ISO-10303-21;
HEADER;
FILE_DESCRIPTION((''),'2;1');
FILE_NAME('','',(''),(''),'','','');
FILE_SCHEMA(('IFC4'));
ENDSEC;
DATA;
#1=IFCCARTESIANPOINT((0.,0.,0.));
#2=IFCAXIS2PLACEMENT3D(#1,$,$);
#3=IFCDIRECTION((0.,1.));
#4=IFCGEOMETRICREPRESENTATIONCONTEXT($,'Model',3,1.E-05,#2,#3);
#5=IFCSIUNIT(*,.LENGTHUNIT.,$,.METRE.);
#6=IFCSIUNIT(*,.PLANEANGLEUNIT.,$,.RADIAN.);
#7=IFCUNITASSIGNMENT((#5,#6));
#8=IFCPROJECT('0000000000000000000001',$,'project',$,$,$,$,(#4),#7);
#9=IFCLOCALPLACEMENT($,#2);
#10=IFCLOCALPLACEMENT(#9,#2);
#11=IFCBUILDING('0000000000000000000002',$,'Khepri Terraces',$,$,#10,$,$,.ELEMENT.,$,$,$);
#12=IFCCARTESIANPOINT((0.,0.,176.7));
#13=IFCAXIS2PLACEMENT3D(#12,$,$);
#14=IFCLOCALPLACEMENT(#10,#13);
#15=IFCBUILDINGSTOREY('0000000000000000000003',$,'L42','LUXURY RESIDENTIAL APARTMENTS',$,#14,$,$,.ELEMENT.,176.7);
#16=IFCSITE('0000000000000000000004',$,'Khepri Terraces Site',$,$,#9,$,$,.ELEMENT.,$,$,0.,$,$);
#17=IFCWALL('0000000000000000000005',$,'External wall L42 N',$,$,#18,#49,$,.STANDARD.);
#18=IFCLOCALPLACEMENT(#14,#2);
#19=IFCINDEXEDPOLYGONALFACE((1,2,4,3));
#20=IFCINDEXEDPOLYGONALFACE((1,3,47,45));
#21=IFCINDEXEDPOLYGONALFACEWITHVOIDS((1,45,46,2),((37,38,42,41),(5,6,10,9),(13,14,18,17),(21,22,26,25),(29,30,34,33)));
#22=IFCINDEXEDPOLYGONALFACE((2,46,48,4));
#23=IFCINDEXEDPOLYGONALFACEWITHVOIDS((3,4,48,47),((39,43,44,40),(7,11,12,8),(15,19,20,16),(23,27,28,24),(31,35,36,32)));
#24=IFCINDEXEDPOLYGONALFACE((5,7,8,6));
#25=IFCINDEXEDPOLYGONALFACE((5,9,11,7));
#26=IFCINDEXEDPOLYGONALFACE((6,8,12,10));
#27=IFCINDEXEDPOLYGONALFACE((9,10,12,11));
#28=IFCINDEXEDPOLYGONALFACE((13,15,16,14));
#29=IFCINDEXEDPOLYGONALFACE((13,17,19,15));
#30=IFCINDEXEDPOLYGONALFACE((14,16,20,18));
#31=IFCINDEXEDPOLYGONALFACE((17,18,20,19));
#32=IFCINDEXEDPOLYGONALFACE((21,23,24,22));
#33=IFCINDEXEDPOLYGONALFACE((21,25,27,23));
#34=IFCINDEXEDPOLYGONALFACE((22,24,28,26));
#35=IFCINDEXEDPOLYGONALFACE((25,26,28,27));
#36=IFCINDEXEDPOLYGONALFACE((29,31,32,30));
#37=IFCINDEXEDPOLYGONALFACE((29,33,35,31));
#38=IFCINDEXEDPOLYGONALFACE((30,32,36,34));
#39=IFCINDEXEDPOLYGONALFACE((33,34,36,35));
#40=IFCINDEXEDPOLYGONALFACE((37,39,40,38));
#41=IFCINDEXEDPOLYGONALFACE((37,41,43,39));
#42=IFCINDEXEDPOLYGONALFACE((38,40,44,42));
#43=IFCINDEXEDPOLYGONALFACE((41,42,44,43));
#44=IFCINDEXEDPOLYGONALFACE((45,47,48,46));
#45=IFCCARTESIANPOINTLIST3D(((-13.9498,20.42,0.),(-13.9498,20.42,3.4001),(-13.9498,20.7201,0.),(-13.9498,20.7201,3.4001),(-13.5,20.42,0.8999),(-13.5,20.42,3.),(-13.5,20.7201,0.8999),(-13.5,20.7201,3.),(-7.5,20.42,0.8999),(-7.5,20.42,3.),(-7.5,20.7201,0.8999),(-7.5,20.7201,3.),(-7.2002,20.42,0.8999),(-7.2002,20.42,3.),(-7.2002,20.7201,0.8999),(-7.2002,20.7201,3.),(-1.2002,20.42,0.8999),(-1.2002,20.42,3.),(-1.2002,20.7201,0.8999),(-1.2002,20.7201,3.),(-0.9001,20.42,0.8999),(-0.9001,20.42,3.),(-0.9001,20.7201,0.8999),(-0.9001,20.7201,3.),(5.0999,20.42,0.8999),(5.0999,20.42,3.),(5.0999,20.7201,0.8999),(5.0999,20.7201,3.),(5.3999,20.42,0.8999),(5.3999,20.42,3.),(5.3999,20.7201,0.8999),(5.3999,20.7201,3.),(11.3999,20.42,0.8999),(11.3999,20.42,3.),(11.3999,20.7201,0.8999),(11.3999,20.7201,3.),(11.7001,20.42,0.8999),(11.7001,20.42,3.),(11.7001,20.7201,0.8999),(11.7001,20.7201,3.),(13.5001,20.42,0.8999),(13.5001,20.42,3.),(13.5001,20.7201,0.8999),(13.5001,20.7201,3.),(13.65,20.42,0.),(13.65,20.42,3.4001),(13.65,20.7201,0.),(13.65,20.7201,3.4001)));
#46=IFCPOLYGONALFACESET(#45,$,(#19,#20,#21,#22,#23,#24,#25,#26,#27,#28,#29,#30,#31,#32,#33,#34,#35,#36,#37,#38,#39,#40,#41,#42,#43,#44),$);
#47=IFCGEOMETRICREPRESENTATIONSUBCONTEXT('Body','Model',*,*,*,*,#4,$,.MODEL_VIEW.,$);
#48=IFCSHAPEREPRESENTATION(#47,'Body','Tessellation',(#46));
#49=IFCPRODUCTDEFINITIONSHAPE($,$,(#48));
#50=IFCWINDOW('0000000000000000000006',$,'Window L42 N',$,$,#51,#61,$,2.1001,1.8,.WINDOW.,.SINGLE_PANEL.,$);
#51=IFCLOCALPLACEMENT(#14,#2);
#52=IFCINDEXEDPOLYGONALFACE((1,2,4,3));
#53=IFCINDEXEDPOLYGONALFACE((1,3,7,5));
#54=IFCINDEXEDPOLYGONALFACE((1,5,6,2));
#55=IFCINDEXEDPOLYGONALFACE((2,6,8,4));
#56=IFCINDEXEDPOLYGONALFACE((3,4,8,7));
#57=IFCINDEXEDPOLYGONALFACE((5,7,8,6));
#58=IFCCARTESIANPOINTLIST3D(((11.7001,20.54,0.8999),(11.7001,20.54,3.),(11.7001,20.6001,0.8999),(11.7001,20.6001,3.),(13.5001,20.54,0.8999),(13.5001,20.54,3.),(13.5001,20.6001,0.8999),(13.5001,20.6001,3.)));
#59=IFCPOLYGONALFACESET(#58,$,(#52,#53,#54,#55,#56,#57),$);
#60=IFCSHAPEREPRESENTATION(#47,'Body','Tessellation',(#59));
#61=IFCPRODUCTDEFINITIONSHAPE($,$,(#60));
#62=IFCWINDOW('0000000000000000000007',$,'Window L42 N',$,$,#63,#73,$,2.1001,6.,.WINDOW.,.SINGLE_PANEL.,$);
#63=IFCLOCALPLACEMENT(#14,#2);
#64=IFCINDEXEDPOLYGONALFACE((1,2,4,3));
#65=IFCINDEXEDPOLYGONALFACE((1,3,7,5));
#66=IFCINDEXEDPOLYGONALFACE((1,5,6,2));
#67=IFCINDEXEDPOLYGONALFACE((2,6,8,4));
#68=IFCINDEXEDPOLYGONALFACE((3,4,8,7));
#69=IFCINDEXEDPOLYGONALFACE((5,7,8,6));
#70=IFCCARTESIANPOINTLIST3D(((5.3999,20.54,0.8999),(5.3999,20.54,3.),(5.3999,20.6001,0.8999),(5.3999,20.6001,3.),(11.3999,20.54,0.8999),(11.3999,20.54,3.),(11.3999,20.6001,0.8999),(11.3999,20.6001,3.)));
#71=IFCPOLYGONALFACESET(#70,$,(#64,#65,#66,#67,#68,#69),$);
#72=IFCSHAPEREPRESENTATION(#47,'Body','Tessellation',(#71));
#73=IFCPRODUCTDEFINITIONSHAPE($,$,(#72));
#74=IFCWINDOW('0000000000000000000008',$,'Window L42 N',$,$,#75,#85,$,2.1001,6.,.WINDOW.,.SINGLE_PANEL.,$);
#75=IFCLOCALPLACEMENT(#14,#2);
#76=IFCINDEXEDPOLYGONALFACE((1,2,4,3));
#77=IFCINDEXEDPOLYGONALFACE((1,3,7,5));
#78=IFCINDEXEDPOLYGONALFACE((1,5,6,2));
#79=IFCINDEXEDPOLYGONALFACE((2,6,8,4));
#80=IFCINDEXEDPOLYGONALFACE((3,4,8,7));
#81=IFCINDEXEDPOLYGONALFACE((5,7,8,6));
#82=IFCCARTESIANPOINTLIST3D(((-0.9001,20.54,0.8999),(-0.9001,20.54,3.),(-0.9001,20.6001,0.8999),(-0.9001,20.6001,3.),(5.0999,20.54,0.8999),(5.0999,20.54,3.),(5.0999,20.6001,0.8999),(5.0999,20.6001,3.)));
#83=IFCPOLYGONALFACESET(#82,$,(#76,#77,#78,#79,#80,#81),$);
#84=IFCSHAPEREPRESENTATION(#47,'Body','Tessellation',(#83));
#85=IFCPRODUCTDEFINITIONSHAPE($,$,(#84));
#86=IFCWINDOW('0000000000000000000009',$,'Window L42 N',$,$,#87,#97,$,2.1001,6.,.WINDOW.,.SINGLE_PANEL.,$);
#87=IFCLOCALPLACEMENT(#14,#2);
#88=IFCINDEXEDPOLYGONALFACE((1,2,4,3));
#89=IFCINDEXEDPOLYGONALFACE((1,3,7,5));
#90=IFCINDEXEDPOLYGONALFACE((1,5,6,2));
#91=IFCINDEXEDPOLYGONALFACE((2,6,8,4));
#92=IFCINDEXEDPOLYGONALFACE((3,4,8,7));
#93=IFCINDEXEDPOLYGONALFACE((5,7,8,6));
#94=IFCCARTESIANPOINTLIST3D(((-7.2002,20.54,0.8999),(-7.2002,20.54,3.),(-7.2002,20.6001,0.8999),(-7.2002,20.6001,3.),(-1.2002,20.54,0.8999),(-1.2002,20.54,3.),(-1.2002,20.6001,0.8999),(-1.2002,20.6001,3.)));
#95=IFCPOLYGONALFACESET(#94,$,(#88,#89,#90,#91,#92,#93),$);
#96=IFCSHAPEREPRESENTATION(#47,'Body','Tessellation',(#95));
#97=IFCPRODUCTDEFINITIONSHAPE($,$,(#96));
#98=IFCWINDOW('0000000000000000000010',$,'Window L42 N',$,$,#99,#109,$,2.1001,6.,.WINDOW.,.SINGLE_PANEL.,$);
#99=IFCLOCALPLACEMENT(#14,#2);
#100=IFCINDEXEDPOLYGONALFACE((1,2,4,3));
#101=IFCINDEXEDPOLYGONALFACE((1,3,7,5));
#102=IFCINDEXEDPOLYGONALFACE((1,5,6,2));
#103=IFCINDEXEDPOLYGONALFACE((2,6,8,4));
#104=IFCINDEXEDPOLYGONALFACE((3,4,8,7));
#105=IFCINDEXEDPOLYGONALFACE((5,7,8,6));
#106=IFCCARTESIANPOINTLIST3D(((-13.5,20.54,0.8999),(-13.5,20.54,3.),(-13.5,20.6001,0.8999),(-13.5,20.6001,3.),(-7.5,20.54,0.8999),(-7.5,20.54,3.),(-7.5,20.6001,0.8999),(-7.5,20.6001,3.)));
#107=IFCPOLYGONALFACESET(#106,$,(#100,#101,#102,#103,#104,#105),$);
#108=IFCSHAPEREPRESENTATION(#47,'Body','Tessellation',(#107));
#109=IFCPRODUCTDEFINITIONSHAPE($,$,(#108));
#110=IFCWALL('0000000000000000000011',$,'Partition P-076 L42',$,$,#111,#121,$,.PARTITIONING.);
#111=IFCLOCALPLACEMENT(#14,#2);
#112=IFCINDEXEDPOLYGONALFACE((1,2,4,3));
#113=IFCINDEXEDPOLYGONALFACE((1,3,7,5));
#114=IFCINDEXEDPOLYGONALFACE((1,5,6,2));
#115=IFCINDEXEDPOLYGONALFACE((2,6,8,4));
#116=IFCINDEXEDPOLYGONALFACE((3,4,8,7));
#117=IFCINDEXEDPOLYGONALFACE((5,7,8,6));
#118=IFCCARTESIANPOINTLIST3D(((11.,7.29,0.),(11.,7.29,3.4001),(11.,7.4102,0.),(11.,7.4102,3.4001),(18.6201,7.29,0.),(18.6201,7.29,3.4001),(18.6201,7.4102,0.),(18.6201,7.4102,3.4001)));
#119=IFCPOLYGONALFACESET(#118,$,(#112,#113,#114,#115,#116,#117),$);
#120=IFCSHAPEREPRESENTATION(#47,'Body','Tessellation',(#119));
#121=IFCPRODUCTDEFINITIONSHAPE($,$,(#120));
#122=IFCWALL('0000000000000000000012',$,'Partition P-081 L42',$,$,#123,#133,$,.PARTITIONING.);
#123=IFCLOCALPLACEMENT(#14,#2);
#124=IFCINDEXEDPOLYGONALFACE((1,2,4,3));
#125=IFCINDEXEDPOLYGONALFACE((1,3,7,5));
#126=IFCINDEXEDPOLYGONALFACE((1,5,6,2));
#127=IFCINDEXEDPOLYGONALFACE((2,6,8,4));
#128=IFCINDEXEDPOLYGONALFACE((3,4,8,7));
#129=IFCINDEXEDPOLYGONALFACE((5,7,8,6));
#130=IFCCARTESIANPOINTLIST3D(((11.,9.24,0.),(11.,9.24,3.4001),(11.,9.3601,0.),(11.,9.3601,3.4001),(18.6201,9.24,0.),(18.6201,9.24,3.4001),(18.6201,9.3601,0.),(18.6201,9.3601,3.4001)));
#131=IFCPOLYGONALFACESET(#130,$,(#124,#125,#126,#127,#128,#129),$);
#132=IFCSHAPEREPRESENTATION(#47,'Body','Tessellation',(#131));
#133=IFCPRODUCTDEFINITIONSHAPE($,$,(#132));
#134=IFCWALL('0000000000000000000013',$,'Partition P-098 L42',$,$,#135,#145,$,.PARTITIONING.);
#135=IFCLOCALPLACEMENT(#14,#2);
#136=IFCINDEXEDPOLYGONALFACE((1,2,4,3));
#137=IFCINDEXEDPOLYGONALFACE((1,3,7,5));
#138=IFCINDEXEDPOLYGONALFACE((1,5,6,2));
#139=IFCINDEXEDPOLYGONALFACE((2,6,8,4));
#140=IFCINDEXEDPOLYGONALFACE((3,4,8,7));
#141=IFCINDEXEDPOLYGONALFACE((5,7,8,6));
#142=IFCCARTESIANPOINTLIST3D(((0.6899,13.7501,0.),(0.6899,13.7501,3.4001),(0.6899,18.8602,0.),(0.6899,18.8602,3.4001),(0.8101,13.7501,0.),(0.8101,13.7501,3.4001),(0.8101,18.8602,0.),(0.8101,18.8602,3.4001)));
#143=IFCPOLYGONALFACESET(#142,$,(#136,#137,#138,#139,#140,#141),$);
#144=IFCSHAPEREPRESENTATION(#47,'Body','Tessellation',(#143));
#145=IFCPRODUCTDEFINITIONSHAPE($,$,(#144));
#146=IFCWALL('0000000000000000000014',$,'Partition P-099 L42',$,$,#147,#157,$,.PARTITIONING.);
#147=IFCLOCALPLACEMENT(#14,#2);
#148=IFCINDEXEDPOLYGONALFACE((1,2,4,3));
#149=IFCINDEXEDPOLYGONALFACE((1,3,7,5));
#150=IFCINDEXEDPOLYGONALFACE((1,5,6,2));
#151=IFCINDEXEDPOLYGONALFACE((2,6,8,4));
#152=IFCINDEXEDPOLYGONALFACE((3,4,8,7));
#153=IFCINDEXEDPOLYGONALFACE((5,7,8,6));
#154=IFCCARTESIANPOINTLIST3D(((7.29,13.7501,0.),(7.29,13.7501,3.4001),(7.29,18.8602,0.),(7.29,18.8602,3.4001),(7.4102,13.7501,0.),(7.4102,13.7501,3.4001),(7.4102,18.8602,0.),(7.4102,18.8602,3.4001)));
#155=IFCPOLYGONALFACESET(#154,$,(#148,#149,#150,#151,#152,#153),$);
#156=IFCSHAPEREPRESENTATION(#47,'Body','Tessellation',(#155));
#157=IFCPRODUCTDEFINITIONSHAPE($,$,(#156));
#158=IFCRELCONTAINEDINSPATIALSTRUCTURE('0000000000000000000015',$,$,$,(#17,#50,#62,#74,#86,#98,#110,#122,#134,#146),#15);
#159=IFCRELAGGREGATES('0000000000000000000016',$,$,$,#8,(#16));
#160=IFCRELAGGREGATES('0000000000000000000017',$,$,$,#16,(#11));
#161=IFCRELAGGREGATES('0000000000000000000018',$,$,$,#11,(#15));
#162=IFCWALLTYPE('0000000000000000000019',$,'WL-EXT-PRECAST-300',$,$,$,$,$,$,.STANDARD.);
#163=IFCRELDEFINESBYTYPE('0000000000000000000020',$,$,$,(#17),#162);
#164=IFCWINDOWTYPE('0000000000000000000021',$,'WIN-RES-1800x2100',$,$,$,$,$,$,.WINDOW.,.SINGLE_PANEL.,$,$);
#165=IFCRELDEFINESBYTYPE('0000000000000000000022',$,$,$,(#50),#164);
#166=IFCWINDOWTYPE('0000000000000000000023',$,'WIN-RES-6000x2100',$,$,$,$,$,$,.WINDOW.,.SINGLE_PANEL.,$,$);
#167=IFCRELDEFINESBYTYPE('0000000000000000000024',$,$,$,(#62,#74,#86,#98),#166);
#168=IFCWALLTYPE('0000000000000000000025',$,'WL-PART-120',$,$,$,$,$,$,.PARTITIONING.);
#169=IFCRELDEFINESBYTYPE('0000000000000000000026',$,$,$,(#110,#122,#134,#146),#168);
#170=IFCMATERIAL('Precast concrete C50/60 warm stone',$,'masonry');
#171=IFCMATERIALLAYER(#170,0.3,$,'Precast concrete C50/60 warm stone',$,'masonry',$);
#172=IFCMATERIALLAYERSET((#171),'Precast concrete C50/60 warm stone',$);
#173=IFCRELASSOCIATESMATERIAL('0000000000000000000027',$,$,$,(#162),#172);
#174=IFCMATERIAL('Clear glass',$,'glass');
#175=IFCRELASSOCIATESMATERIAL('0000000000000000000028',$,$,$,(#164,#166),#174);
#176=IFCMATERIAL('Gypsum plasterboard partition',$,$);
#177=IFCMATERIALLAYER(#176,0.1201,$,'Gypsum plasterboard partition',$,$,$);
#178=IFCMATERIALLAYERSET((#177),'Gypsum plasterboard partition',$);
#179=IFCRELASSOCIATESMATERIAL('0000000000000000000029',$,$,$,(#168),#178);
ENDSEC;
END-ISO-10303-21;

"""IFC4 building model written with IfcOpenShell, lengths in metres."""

from ifc_helpers import new_model, si_unit, direction, frame, frame_2d, origin, place, context, subcontext, project, spatial, rectangle, extrude, material, layer, layer_set, type_object, element, fill, save


model = new_model("IFC4")

# Units and contexts
model_context = context("Model", 3, precision=1e-05, world=origin(), true_north=direction((0.0, 1.0)))
body_context = subcontext(model_context, "Body", "Model", "MODEL_VIEW")
ifc_project = project(units=[si_unit("LENGTHUNIT", "METRE"), si_unit("PLANEANGLEUNIT", "RADIAN")], contexts=[model_context])

# Site, building, storey
site_placement = place(None, origin())
site = spatial("IfcSite", under=ifc_project, at=site_placement, Name="Khepri Terraces Site", CompositionType="ELEMENT", RefElevation=0.0)
building_placement = place(site_placement, origin())
building = spatial("IfcBuilding", under=site, at=building_placement, Name="Khepri Terraces", CompositionType="ELEMENT")
storey_placement = place(building_placement, frame((0.0, 0.0, 176.7)))
storey = spatial("IfcBuildingStorey", under=building, at=storey_placement, Name="L42", Description="LUXURY RESIDENTIAL APARTMENTS", CompositionType="ELEMENT", Elevation=176.7)

# Shared definitions
ifc_material_1 = material(Name="Precast concrete C50/60 warm stone", Category="masonry")
ifc_layer_1 = layer(ifc_material_1, 0.3, Name="Precast concrete C50/60 warm stone", Category="masonry")
ifc_layer_set_1 = layer_set([ifc_layer_1], Name="Precast concrete C50/60 warm stone")
wall_type_1 = type_object("IfcWallType", Name="WL-EXT-PRECAST-300", PredefinedType="STANDARD", material=ifc_layer_set_1)

# Shared definitions
ifc_material_2 = material(Name="Clear glass", Category="glass")
window_type_1 = type_object("IfcWindowType", Name="WIN-RES-1800x2100", PartitioningType="SINGLE_PANEL", PredefinedType="WINDOW", material=ifc_material_2)

# Wall, openings, windows
wall_1_placement = place(storey_placement, frame((13.6499, 20.5701, 0.0), z_axis=(0.0, 0.0, 1.0), x_axis=(-1.0, 0.0, 0.0)))
wall_1 = element("IfcWall", 1, at=wall_1_placement, inside=storey, type_object=wall_type_1, Name="External wall L42 N", PredefinedType="STANDARD", context=body_context, shape_type="SweptSolid", body=[
    extrude(rectangle(XDim=27.5999, YDim=0.3, at=frame_2d((13.7998, 0.0))), origin(), (0.0, 0.0, 1.0), 3.4001),
])
opening_1_placement = place(wall_1_placement, frame((0.1499, 0.0, 0.8999)))
opening_1 = element("IfcOpeningElement", 2, at=opening_1_placement, cuts=wall_1, PredefinedType="OPENING", context=body_context, shape_type="SweptSolid", body=[
    extrude(rectangle(XDim=1.8, YDim=2.1001, at=frame_2d((0.8999, 1.05))), frame((0.0, 0.1602, 0.0), z_axis=(0.0, -1.0, 0.0), x_axis=(1.0, 0.0, 0.0)), (0.0, 0.0, 1.0), 0.3201),
])
opening_2_placement = place(wall_1_placement, frame((2.25, 0.0, 0.8999)))
opening_2 = element("IfcOpeningElement", 3, at=opening_2_placement, cuts=wall_1, PredefinedType="OPENING", context=body_context, shape_type="SweptSolid", body=[
    extrude(rectangle(XDim=6.0, YDim=2.1001, at=frame_2d((3.0, 1.05))), frame((0.0, 0.1602, 0.0), z_axis=(0.0, -1.0, 0.0), x_axis=(1.0, 0.0, 0.0)), (0.0, 0.0, 1.0), 0.3201),
])
opening_3_placement = place(wall_1_placement, frame((8.55, 0.0, 0.8999)))
opening_3 = element("IfcOpeningElement", 4, at=opening_3_placement, cuts=wall_1, PredefinedType="OPENING", context=body_context, shape_type="SweptSolid", body=[
    extrude(rectangle(XDim=6.0, YDim=2.1001, at=frame_2d((3.0, 1.05))), frame((0.0, 0.1602, 0.0), z_axis=(0.0, -1.0, 0.0), x_axis=(1.0, 0.0, 0.0)), (0.0, 0.0, 1.0), 0.3201),
])
opening_4_placement = place(wall_1_placement, frame((14.8501, 0.0, 0.8999)))
opening_4 = element("IfcOpeningElement", 5, at=opening_4_placement, cuts=wall_1, PredefinedType="OPENING", context=body_context, shape_type="SweptSolid", body=[
    extrude(rectangle(XDim=6.0, YDim=2.1001, at=frame_2d((3.0, 1.05))), frame((0.0, 0.1602, 0.0), z_axis=(0.0, -1.0, 0.0), x_axis=(1.0, 0.0, 0.0)), (0.0, 0.0, 1.0), 0.3201),
])
opening_5_placement = place(wall_1_placement, frame((21.1499, 0.0, 0.8999)))
opening_5 = element("IfcOpeningElement", 6, at=opening_5_placement, cuts=wall_1, PredefinedType="OPENING", context=body_context, shape_type="SweptSolid", body=[
    extrude(rectangle(XDim=6.0, YDim=2.1001, at=frame_2d((3.0, 1.05))), frame((0.0, 0.1602, 0.0), z_axis=(0.0, -1.0, 0.0), x_axis=(1.0, 0.0, 0.0)), (0.0, 0.0, 1.0), 0.3201),
])
window_1_placement = place(opening_1_placement, origin())
window_1 = element("IfcWindow", 7, at=window_1_placement, inside=storey, type_object=window_type_1, Name="Window L42 N", OverallHeight=2.1001, OverallWidth=1.8, PartitioningType="SINGLE_PANEL", PredefinedType="WINDOW", context=body_context, shape_type="SweptSolid", body=[
    extrude(rectangle(XDim=1.8, YDim=2.1001, at=frame_2d((0.8999, 1.05))), frame((0.0, 0.03, 0.0), z_axis=(0.0, -1.0, 0.0), x_axis=(1.0, 0.0, 0.0)), (0.0, 0.0, 1.0), 0.0601),
])
fill(opening_1, window_1)
window_type_2 = type_object("IfcWindowType", Name="WIN-RES-6000x2100", PartitioningType="SINGLE_PANEL", PredefinedType="WINDOW", material=ifc_material_2)
window_2_placement = place(opening_2_placement, origin())
window_2 = element("IfcWindow", 8, at=window_2_placement, inside=storey, type_object=window_type_2, Name="Window L42 N", OverallHeight=2.1001, OverallWidth=6.0, PartitioningType="SINGLE_PANEL", PredefinedType="WINDOW", context=body_context, shape_type="SweptSolid", body=[
    extrude(rectangle(XDim=6.0, YDim=2.1001, at=frame_2d((3.0, 1.05))), frame((0.0, 0.03, 0.0), z_axis=(0.0, -1.0, 0.0), x_axis=(1.0, 0.0, 0.0)), (0.0, 0.0, 1.0), 0.0601),
])
fill(opening_2, window_2)
window_3_placement = place(opening_3_placement, origin())
window_3 = element("IfcWindow", 9, at=window_3_placement, inside=storey, type_object=window_type_2, Name="Window L42 N", OverallHeight=2.1001, OverallWidth=6.0, PartitioningType="SINGLE_PANEL", PredefinedType="WINDOW", context=body_context, shape_type="SweptSolid", body=[
    extrude(rectangle(XDim=6.0, YDim=2.1001, at=frame_2d((3.0, 1.05))), frame((0.0, 0.03, 0.0), z_axis=(0.0, -1.0, 0.0), x_axis=(1.0, 0.0, 0.0)), (0.0, 0.0, 1.0), 0.0601),
])
fill(opening_3, window_3)
window_4_placement = place(opening_4_placement, origin())
window_4 = element("IfcWindow", 10, at=window_4_placement, inside=storey, type_object=window_type_2, Name="Window L42 N", OverallHeight=2.1001, OverallWidth=6.0, PartitioningType="SINGLE_PANEL", PredefinedType="WINDOW", context=body_context, shape_type="SweptSolid", body=[
    extrude(rectangle(XDim=6.0, YDim=2.1001, at=frame_2d((3.0, 1.05))), frame((0.0, 0.03, 0.0), z_axis=(0.0, -1.0, 0.0), x_axis=(1.0, 0.0, 0.0)), (0.0, 0.0, 1.0), 0.0601),
])
fill(opening_4, window_4)
window_5_placement = place(opening_5_placement, origin())
window_5 = element("IfcWindow", 11, at=window_5_placement, inside=storey, type_object=window_type_2, Name="Window L42 N", OverallHeight=2.1001, OverallWidth=6.0, PartitioningType="SINGLE_PANEL", PredefinedType="WINDOW", context=body_context, shape_type="SweptSolid", body=[
    extrude(rectangle(XDim=6.0, YDim=2.1001, at=frame_2d((3.0, 1.05))), frame((0.0, 0.03, 0.0), z_axis=(0.0, -1.0, 0.0), x_axis=(1.0, 0.0, 0.0)), (0.0, 0.0, 1.0), 0.0601),
])
fill(opening_5, window_5)

# Walls
ifc_material_3 = material(Name="Gypsum plasterboard partition")
ifc_layer_2 = layer(ifc_material_3, 0.1201, Name="Gypsum plasterboard partition")
ifc_layer_set_2 = layer_set([ifc_layer_2], Name="Gypsum plasterboard partition")
wall_type_2 = type_object("IfcWallType", Name="WL-PART-120", PredefinedType="PARTITIONING", material=ifc_layer_set_2)
for number, where, z_axis, x_axis, name in (
    (12, (11.0, 7.3501, 0.0), (0.0, 0.0, 1.0), (1.0, 0.0, 0.0), "Partition P-076 L42"),
    (13, (11.0, 9.3, 0.0), (0.0, 0.0, 1.0), (1.0, 0.0, 0.0), "Partition P-081 L42"),
):
    element("IfcWall", number, at=place(storey_placement, frame(where, z_axis=z_axis, x_axis=x_axis)), inside=storey, type_object=wall_type_2, Name=name, PredefinedType="PARTITIONING", context=body_context, shape_type="SweptSolid", body=[
        extrude(rectangle(XDim=7.6201, YDim=0.1201, at=frame_2d((3.8101, 0.0))), origin(), (0.0, 0.0, 1.0), 3.4001),
    ])
for number, where, z_axis, x_axis, name in (
    (14, (0.75, 13.75, 0.0), (0.0, 0.0, 1.0), (0.0, 1.0, 0.0), "Partition P-098 L42"),
    (15, (7.3501, 13.75, 0.0), (0.0, 0.0, 1.0), (0.0, 1.0, 0.0), "Partition P-099 L42"),
):
    element("IfcWall", number, at=place(storey_placement, frame(where, z_axis=z_axis, x_axis=x_axis)), inside=storey, type_object=wall_type_2, Name=name, PredefinedType="PARTITIONING", context=body_context, shape_type="SweptSolid", body=[
        extrude(rectangle(XDim=5.1101, YDim=0.1201, at=frame_2d((2.5552, 0.0))), origin(), (0.0, 0.0, 1.0), 3.4001),
    ])

save(model, "model.ifc")
